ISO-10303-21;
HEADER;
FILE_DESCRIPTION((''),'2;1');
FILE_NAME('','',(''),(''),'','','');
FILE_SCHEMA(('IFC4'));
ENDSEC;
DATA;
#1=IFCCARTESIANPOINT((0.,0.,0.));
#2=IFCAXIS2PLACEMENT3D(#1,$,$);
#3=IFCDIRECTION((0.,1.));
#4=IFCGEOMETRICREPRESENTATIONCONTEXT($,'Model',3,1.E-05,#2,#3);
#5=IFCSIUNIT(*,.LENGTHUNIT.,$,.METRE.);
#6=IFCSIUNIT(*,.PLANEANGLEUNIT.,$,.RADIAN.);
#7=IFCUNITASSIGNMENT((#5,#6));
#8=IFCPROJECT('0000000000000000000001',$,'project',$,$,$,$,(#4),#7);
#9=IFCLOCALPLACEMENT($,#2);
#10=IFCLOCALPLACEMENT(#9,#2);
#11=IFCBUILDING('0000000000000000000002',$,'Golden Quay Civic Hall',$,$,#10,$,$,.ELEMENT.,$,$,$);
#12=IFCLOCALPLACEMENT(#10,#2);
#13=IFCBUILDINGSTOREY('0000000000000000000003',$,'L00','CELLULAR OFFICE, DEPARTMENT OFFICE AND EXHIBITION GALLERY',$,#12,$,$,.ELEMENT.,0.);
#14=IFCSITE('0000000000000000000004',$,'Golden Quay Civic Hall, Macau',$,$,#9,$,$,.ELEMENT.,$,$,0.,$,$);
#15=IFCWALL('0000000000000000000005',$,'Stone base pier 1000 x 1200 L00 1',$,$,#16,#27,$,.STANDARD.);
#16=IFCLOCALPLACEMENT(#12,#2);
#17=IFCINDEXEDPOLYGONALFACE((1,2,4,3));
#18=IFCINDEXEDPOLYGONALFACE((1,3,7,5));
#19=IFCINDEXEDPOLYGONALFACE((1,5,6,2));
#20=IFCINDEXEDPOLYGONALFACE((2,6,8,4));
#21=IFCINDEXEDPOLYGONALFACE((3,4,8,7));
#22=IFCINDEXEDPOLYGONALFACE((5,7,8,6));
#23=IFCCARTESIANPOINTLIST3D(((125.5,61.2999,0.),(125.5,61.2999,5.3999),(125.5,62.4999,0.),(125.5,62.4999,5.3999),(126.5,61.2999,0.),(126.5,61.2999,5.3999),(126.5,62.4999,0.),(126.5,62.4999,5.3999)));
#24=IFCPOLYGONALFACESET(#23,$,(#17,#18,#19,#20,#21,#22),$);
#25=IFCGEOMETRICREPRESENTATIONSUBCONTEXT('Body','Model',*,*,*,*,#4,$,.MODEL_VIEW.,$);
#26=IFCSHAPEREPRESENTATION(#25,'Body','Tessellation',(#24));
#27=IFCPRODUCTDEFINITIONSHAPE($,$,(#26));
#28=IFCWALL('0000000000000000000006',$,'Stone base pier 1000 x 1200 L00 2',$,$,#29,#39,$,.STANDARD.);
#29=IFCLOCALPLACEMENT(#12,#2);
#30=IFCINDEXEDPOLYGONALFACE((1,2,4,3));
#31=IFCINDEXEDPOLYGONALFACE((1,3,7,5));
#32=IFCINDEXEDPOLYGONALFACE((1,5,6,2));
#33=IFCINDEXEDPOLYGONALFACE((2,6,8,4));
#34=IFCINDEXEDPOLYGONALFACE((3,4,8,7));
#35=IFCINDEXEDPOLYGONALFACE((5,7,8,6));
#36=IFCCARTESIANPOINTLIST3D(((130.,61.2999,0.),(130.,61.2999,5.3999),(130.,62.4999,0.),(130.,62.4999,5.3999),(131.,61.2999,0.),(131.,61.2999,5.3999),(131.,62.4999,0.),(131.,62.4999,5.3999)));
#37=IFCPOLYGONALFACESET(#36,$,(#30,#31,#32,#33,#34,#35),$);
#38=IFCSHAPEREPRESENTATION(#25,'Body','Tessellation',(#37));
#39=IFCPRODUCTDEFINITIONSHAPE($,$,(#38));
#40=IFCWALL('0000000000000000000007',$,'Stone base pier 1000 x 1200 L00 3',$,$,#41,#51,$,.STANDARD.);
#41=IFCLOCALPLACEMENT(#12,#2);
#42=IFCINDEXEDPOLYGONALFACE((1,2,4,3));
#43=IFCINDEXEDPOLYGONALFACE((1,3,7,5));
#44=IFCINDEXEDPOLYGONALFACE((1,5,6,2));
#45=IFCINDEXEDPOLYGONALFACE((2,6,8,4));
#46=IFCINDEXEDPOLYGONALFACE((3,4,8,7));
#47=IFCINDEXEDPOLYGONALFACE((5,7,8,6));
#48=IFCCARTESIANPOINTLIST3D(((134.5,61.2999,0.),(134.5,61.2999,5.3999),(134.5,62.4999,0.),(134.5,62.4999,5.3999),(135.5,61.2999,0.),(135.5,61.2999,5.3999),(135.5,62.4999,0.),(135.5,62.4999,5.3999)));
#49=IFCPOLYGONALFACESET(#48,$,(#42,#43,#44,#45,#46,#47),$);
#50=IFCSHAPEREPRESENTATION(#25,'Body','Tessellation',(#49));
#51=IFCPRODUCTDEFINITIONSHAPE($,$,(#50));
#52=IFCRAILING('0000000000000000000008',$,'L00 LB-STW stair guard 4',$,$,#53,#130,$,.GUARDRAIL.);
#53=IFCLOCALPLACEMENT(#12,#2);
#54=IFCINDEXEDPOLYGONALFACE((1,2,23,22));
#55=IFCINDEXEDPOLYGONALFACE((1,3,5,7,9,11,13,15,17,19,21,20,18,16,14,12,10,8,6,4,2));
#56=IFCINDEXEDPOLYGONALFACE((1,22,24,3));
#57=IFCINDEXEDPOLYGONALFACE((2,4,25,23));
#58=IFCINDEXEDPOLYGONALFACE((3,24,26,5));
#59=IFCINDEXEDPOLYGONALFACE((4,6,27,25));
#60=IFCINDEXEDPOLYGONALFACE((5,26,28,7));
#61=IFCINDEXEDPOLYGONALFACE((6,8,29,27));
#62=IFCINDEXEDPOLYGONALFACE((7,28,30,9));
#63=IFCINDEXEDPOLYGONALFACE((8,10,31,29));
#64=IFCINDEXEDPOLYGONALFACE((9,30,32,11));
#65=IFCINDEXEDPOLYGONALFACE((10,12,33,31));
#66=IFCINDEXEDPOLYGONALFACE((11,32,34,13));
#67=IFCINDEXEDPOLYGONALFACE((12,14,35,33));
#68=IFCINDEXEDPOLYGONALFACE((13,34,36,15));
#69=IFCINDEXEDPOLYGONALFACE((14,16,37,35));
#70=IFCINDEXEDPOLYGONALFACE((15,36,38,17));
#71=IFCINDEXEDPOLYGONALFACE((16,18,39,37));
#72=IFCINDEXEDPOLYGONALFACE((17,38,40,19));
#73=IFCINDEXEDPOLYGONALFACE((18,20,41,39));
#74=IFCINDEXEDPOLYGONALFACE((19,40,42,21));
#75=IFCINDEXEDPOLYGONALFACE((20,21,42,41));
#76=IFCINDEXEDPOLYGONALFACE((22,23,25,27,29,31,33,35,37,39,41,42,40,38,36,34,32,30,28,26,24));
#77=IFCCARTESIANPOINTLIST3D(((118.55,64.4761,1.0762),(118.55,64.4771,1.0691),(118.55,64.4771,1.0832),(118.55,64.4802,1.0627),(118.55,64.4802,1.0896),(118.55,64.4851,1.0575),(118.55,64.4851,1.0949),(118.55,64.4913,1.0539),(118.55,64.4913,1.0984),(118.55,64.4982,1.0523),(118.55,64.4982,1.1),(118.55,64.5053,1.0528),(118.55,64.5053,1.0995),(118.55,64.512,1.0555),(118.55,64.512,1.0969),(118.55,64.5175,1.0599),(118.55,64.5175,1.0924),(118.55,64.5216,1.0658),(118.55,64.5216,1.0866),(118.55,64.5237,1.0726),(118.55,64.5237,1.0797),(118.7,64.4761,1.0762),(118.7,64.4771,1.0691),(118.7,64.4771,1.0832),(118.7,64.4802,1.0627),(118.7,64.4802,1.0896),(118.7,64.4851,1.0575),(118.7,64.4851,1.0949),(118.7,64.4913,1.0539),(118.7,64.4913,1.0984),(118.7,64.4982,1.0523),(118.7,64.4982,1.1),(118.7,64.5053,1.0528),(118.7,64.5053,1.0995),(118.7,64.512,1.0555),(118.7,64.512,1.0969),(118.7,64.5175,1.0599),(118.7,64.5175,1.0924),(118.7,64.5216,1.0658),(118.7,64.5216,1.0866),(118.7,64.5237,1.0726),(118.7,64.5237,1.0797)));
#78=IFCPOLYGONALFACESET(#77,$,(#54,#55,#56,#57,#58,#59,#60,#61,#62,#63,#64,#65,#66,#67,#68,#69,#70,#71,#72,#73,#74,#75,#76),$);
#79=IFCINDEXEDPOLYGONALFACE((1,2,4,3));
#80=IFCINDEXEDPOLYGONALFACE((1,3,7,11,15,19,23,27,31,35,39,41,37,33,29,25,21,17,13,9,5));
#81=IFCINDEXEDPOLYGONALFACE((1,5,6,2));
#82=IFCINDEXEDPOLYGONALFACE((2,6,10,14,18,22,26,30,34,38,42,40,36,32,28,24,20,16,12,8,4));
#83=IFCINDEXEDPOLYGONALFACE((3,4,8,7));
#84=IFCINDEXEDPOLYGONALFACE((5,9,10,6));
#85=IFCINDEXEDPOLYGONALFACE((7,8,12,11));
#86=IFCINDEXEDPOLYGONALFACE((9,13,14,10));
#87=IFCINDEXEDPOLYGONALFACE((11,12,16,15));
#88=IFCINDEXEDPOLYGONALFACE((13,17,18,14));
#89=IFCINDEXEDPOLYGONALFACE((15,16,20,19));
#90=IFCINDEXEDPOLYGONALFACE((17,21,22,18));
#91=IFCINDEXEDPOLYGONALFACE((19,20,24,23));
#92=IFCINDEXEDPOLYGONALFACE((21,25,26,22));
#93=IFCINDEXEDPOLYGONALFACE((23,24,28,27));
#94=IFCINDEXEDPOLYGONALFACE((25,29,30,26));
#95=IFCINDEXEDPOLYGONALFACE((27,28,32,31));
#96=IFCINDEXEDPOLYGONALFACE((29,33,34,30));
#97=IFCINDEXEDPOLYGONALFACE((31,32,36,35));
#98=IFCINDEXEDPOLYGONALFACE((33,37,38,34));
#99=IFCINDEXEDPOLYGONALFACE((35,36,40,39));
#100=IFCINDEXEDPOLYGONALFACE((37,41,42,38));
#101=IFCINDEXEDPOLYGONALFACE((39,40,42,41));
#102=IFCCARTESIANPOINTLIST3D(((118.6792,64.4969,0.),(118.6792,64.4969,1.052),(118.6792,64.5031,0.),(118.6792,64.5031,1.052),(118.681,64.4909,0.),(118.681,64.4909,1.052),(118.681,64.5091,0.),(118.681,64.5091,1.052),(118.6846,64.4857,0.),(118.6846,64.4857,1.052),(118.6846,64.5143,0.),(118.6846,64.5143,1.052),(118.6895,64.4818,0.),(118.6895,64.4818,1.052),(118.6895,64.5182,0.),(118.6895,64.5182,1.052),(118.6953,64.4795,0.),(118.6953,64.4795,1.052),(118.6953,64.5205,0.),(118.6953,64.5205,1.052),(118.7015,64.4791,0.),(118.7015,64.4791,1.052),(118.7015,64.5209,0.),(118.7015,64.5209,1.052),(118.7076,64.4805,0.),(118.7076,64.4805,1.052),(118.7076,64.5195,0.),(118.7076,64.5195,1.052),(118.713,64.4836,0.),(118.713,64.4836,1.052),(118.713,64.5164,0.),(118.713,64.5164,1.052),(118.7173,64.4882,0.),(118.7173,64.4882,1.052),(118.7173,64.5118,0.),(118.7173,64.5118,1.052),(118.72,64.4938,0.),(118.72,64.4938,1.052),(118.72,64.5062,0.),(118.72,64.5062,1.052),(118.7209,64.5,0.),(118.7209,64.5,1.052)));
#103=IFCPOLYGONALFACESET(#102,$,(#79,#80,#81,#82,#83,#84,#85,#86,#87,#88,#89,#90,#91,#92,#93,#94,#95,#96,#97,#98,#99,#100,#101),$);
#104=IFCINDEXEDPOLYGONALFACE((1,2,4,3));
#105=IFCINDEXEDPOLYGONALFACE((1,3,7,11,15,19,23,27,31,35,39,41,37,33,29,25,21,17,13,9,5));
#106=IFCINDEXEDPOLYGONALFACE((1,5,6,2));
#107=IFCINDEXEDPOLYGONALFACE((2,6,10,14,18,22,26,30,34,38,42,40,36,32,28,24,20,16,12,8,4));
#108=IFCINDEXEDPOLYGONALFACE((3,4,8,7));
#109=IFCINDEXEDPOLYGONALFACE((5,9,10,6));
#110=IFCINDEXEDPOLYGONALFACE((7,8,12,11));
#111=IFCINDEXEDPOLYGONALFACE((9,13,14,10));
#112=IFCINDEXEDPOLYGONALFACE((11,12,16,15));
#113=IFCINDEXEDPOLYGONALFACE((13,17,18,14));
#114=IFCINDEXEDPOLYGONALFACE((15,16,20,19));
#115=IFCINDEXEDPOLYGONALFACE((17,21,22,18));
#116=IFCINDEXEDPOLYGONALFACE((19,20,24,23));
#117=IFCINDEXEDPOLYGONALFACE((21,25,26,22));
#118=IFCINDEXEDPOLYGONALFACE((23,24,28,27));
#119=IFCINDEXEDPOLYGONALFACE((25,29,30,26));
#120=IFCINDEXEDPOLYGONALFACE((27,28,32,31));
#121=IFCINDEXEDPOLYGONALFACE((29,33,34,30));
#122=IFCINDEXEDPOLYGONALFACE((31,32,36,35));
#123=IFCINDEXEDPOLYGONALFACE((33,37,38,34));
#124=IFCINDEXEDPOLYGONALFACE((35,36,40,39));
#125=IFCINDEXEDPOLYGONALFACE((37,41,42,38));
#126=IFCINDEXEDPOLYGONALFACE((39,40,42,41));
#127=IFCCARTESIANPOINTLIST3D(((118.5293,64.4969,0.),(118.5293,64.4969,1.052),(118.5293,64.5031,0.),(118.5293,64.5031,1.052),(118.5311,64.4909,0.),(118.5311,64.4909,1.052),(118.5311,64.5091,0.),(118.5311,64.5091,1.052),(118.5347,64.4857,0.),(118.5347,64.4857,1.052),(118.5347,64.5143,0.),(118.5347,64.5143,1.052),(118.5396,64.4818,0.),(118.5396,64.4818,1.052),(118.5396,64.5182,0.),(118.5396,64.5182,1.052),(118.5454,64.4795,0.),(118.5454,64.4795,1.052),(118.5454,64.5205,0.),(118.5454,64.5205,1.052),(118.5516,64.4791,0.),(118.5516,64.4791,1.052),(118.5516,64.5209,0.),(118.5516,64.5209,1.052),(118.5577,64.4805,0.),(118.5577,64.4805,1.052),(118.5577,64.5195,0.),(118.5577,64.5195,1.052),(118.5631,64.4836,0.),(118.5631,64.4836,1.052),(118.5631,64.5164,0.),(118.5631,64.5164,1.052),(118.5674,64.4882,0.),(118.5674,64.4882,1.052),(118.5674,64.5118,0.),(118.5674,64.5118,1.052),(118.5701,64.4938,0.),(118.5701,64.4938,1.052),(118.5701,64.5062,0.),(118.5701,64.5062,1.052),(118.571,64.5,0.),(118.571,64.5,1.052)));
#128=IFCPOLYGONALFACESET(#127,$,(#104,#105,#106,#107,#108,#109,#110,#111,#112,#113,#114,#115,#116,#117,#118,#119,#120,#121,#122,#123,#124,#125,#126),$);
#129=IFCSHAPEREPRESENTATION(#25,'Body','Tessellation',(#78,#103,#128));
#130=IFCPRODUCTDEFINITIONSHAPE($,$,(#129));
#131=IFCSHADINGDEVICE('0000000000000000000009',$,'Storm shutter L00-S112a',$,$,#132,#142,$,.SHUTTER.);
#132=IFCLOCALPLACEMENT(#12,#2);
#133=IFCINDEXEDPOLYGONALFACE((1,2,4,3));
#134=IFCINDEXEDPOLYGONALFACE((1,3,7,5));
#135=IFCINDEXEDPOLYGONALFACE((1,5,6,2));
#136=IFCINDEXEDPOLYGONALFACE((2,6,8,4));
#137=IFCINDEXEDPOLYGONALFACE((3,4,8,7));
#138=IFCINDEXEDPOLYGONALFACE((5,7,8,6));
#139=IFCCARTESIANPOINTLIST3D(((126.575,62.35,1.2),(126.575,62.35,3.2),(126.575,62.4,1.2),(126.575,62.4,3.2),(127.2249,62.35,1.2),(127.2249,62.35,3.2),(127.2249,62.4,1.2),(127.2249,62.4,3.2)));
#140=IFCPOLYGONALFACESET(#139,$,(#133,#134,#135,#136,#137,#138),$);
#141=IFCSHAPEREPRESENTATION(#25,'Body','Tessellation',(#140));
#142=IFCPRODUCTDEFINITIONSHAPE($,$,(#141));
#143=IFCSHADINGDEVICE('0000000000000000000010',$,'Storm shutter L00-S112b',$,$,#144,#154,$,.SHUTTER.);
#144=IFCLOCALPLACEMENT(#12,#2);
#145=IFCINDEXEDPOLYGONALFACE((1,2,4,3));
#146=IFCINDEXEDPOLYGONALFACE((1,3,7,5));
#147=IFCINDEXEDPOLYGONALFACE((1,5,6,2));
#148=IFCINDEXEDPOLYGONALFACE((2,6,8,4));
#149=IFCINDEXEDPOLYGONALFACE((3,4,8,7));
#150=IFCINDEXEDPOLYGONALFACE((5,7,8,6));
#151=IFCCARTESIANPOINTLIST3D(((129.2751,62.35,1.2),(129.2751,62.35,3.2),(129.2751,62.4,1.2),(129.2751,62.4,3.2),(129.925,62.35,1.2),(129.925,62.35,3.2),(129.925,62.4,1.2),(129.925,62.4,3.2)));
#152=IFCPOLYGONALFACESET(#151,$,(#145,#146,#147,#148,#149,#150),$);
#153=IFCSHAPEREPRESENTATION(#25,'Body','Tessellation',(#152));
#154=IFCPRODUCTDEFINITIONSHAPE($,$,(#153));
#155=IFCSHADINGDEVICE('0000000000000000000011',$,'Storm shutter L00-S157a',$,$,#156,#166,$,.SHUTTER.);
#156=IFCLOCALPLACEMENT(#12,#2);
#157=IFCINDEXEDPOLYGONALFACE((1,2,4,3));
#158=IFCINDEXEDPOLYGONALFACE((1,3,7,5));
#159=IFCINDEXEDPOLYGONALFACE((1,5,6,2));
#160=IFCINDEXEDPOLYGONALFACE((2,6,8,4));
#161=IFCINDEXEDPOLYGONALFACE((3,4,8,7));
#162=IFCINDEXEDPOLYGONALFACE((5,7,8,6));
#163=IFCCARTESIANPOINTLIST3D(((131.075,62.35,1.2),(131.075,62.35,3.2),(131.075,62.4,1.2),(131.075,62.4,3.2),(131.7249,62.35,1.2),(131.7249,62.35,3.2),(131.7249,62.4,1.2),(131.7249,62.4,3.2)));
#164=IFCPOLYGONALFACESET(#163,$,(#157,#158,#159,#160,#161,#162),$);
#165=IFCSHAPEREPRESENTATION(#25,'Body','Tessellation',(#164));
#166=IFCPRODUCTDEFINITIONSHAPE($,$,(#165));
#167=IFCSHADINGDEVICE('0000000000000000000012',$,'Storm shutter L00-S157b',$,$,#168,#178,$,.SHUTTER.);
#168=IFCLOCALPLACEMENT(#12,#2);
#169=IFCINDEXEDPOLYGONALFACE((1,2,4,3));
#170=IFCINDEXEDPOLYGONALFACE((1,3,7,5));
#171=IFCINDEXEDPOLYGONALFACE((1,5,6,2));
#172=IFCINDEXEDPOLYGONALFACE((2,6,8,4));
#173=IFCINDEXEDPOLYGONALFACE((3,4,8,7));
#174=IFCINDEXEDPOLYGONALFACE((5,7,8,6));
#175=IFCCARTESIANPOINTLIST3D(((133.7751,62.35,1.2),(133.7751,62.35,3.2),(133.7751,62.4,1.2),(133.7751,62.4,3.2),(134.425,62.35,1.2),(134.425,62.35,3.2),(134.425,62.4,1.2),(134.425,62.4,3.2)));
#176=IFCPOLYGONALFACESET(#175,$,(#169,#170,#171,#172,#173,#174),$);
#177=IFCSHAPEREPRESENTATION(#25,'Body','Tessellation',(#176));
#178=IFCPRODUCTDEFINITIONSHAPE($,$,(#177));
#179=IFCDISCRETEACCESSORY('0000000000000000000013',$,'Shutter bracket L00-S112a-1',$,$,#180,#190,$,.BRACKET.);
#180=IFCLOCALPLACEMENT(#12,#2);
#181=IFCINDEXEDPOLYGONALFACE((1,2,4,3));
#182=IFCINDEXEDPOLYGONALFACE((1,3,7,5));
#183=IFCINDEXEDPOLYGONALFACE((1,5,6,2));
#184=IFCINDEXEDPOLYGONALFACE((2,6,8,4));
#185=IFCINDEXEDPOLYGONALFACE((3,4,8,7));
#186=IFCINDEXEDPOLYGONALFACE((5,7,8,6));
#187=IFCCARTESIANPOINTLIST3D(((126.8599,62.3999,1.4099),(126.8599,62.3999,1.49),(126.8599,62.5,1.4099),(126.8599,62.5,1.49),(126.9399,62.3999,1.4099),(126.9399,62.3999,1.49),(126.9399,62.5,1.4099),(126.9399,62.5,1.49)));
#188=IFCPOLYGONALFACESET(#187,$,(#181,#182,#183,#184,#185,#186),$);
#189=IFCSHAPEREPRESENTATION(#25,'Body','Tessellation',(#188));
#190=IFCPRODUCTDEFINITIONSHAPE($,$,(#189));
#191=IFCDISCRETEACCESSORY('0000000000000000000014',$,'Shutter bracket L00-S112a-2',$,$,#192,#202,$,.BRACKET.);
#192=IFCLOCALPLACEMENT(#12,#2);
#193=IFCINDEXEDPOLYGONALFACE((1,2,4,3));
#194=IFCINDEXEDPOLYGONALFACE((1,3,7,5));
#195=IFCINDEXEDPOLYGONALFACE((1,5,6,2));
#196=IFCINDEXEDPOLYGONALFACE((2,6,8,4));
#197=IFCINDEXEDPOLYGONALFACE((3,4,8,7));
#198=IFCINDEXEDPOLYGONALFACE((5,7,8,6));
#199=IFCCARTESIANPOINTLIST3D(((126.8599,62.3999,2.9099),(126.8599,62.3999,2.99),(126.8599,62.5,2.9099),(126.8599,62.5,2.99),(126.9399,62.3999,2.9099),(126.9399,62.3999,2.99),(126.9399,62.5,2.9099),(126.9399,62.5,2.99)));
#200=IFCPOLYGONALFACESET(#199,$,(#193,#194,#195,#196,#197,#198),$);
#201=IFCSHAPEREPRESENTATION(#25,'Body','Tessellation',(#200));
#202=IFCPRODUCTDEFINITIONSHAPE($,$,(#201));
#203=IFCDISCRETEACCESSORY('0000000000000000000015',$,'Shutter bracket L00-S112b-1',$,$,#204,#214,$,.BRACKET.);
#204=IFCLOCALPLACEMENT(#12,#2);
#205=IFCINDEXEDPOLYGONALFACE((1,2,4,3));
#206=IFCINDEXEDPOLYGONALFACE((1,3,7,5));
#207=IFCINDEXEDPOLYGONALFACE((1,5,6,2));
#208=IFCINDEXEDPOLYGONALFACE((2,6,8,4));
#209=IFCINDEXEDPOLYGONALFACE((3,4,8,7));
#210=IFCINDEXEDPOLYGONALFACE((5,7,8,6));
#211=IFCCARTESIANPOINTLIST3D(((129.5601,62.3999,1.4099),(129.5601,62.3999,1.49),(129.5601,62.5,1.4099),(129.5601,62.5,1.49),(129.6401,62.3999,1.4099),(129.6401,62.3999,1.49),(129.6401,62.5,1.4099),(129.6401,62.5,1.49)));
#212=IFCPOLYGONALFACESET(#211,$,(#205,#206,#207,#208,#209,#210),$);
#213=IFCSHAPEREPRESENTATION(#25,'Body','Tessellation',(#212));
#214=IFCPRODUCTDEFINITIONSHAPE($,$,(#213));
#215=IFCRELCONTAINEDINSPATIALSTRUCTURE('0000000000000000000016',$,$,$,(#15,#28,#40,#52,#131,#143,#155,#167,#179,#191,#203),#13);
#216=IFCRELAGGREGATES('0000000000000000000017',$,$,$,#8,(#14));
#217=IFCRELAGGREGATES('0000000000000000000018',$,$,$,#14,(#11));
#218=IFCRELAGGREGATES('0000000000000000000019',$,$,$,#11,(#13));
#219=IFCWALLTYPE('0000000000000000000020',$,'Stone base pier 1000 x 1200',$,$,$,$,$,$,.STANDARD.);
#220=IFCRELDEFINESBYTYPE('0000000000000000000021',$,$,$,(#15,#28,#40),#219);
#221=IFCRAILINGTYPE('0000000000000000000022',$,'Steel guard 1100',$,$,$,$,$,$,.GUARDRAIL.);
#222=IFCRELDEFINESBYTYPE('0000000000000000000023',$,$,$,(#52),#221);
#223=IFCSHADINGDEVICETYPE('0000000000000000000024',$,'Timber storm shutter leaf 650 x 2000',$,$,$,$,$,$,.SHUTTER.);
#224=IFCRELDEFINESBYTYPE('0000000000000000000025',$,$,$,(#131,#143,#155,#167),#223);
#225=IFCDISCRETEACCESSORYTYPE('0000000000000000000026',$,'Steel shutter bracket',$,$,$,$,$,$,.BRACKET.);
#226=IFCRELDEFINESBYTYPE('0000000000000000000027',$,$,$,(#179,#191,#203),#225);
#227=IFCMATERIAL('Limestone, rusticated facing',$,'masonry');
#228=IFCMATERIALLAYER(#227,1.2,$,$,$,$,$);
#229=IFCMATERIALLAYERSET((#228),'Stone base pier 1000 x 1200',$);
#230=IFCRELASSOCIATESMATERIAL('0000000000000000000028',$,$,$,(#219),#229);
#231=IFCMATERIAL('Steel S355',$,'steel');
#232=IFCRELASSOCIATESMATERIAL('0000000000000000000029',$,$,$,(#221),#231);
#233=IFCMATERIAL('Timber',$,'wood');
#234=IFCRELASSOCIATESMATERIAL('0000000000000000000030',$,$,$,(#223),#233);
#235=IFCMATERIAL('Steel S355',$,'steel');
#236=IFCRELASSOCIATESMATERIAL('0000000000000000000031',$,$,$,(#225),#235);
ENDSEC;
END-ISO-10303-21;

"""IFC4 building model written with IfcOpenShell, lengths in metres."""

from ifc_helpers import new_model, si_unit, direction, frame, frame_2d, origin, origin_2d, place, context, subcontext, project, spatial, rectangle, circle, extrude, material, layer, layer_set, type_object, element, save


model = new_model("IFC4")

# Units and contexts
model_context = context("Model", 3, precision=1e-05, world=origin(), true_north=direction((0.0, 1.0)))
body_context = subcontext(model_context, "Body", "Model", "MODEL_VIEW")
ifc_project = project(units=[si_unit("LENGTHUNIT", "METRE"), si_unit("PLANEANGLEUNIT", "RADIAN")], contexts=[model_context])

# Site, building, storey
site_placement = place(None, origin())
site = spatial("IfcSite", under=ifc_project, at=site_placement, Name="Golden Quay Civic Hall, Macau", CompositionType="ELEMENT", RefElevation=0.0)
building_placement = place(site_placement, origin())
building = spatial("IfcBuilding", under=site, at=building_placement, Name="Golden Quay Civic Hall", CompositionType="ELEMENT")
storey_placement = place(building_placement, origin())
storey = spatial("IfcBuildingStorey", under=building, at=storey_placement, Name="L00", Description="CELLULAR OFFICE, DEPARTMENT OFFICE AND EXHIBITION GALLERY", CompositionType="ELEMENT", Elevation=0.0)

# Walls
ifc_material_1 = material(Name="Limestone, rusticated facing", Category="masonry")
ifc_layer_1 = layer(ifc_material_1, 1.2)
ifc_layer_set_1 = layer_set([ifc_layer_1], Name="Stone base pier 1000 x 1200")
wall_type_1 = type_object("IfcWallType", Name="Stone base pier 1000 x 1200", PredefinedType="STANDARD", material=ifc_layer_set_1)
for number, where, z_axis, x_axis, name in (
    (1, (125.5, 61.8999, 0.0), (0.0, 0.0, 1.0), (1.0, 0.0, 0.0), "Stone base pier 1000 x 1200 L00 1"),
    (2, (130.0, 61.8999, 0.0), (0.0, 0.0, 1.0), (1.0, 0.0, 0.0), "Stone base pier 1000 x 1200 L00 2"),
    (3, (134.5, 61.8999, 0.0), (0.0, 0.0, 1.0), (1.0, 0.0, 0.0), "Stone base pier 1000 x 1200 L00 3"),
):
    element("IfcWall", number, at=place(storey_placement, frame(where, z_axis=z_axis, x_axis=x_axis)), inside=storey, type_object=wall_type_1, Name=name, PredefinedType="STANDARD", context=body_context, shape_type="SweptSolid", body=[
        extrude(rectangle(XDim=1.0, YDim=1.2, at=frame_2d((0.5, 0.0))), origin(), (0.0, 0.0, 1.0), 5.3999),
    ])

# Railing
ifc_material_2 = material(Name="Steel S355", Category="steel")
railing_type = type_object("IfcRailingType", Name="Steel guard 1100", PredefinedType="GUARDRAIL", material=ifc_material_2)
railing_placement = place(storey_placement, frame((118.7, 64.5, 0.0)))
element("IfcRailing", 4, at=railing_placement, inside=storey, type_object=railing_type, Name="L00 LB-STW stair guard 4", PredefinedType="GUARDRAIL", context=body_context, shape_type="SweptSolid", body=[
    extrude(circle(Radius=0.0239, at=origin_2d()), frame((0.0, 0.0, 1.0762), z_axis=(-1.0, 0.0, 0.0), x_axis=(0.0, -1.0, 0.0)), (0.0, 0.0, 1.0), 0.1499),
    extrude(circle(Radius=0.021, at=origin_2d()), origin(), (0.0, 0.0, 1.0), 1.052),
    extrude(circle(Radius=0.021, at=origin_2d()), frame((-0.1499, 0.0, 0.0)), (0.0, 0.0, 1.0), 1.052),
])

# Shading devices
ifc_material_3 = material(Name="Timber", Category="wood")
shading_device_type = type_object("IfcShadingDeviceType", Name="Timber storm shutter leaf 650 x 2000", PredefinedType="SHUTTER", material=ifc_material_3)
for number, where, z_axis, x_axis, name in (
    (5, (126.8999, 62.375, 1.2), (0.0, 0.0, 1.0), (1.0, 0.0, 0.0), "Storm shutter L00-S112a"),
    (6, (129.6001, 62.375, 1.2), (0.0, 0.0, 1.0), (1.0, 0.0, 0.0), "Storm shutter L00-S112b"),
    (7, (131.3999, 62.375, 1.2), (0.0, 0.0, 1.0), (1.0, 0.0, 0.0), "Storm shutter L00-S157a"),
    (8, (134.1001, 62.375, 1.2), (0.0, 0.0, 1.0), (1.0, 0.0, 0.0), "Storm shutter L00-S157b"),
):
    element("IfcShadingDevice", number, at=place(storey_placement, frame(where, z_axis=z_axis, x_axis=x_axis)), inside=storey, type_object=shading_device_type, Name=name, PredefinedType="SHUTTER", context=body_context, shape_type="SweptSolid", body=[
        extrude(rectangle(XDim=0.6499, YDim=0.05, at=origin_2d()), origin(), (0.0, 0.0, 1.0), 2.0),
    ])

# Discrete accessories
ifc_material_4 = material(Name="Steel S355", Category="steel")
discrete_accessory_type = type_object("IfcDiscreteAccessoryType", Name="Steel shutter bracket", PredefinedType="BRACKET", material=ifc_material_4)
for number, where, z_axis, x_axis, name in (
    (9, (126.8999, 62.45, 1.4099), (0.0, 0.0, 1.0), (1.0, 0.0, 0.0), "Shutter bracket L00-S112a-1"),
    (10, (126.8999, 62.45, 2.9099), (0.0, 0.0, 1.0), (1.0, 0.0, 0.0), "Shutter bracket L00-S112a-2"),
    (11, (129.6001, 62.45, 1.4099), (0.0, 0.0, 1.0), (1.0, 0.0, 0.0), "Shutter bracket L00-S112b-1"),
):
    element("IfcDiscreteAccessory", number, at=place(storey_placement, frame(where, z_axis=z_axis, x_axis=x_axis)), inside=storey, type_object=discrete_accessory_type, Name=name, PredefinedType="BRACKET", context=body_context, shape_type="SweptSolid", body=[
        extrude(rectangle(XDim=0.0801, YDim=0.1001, at=origin_2d()), origin(), (0.0, 0.0, 1.0), 0.0801),
    ])

save(model, "model.ifc")
